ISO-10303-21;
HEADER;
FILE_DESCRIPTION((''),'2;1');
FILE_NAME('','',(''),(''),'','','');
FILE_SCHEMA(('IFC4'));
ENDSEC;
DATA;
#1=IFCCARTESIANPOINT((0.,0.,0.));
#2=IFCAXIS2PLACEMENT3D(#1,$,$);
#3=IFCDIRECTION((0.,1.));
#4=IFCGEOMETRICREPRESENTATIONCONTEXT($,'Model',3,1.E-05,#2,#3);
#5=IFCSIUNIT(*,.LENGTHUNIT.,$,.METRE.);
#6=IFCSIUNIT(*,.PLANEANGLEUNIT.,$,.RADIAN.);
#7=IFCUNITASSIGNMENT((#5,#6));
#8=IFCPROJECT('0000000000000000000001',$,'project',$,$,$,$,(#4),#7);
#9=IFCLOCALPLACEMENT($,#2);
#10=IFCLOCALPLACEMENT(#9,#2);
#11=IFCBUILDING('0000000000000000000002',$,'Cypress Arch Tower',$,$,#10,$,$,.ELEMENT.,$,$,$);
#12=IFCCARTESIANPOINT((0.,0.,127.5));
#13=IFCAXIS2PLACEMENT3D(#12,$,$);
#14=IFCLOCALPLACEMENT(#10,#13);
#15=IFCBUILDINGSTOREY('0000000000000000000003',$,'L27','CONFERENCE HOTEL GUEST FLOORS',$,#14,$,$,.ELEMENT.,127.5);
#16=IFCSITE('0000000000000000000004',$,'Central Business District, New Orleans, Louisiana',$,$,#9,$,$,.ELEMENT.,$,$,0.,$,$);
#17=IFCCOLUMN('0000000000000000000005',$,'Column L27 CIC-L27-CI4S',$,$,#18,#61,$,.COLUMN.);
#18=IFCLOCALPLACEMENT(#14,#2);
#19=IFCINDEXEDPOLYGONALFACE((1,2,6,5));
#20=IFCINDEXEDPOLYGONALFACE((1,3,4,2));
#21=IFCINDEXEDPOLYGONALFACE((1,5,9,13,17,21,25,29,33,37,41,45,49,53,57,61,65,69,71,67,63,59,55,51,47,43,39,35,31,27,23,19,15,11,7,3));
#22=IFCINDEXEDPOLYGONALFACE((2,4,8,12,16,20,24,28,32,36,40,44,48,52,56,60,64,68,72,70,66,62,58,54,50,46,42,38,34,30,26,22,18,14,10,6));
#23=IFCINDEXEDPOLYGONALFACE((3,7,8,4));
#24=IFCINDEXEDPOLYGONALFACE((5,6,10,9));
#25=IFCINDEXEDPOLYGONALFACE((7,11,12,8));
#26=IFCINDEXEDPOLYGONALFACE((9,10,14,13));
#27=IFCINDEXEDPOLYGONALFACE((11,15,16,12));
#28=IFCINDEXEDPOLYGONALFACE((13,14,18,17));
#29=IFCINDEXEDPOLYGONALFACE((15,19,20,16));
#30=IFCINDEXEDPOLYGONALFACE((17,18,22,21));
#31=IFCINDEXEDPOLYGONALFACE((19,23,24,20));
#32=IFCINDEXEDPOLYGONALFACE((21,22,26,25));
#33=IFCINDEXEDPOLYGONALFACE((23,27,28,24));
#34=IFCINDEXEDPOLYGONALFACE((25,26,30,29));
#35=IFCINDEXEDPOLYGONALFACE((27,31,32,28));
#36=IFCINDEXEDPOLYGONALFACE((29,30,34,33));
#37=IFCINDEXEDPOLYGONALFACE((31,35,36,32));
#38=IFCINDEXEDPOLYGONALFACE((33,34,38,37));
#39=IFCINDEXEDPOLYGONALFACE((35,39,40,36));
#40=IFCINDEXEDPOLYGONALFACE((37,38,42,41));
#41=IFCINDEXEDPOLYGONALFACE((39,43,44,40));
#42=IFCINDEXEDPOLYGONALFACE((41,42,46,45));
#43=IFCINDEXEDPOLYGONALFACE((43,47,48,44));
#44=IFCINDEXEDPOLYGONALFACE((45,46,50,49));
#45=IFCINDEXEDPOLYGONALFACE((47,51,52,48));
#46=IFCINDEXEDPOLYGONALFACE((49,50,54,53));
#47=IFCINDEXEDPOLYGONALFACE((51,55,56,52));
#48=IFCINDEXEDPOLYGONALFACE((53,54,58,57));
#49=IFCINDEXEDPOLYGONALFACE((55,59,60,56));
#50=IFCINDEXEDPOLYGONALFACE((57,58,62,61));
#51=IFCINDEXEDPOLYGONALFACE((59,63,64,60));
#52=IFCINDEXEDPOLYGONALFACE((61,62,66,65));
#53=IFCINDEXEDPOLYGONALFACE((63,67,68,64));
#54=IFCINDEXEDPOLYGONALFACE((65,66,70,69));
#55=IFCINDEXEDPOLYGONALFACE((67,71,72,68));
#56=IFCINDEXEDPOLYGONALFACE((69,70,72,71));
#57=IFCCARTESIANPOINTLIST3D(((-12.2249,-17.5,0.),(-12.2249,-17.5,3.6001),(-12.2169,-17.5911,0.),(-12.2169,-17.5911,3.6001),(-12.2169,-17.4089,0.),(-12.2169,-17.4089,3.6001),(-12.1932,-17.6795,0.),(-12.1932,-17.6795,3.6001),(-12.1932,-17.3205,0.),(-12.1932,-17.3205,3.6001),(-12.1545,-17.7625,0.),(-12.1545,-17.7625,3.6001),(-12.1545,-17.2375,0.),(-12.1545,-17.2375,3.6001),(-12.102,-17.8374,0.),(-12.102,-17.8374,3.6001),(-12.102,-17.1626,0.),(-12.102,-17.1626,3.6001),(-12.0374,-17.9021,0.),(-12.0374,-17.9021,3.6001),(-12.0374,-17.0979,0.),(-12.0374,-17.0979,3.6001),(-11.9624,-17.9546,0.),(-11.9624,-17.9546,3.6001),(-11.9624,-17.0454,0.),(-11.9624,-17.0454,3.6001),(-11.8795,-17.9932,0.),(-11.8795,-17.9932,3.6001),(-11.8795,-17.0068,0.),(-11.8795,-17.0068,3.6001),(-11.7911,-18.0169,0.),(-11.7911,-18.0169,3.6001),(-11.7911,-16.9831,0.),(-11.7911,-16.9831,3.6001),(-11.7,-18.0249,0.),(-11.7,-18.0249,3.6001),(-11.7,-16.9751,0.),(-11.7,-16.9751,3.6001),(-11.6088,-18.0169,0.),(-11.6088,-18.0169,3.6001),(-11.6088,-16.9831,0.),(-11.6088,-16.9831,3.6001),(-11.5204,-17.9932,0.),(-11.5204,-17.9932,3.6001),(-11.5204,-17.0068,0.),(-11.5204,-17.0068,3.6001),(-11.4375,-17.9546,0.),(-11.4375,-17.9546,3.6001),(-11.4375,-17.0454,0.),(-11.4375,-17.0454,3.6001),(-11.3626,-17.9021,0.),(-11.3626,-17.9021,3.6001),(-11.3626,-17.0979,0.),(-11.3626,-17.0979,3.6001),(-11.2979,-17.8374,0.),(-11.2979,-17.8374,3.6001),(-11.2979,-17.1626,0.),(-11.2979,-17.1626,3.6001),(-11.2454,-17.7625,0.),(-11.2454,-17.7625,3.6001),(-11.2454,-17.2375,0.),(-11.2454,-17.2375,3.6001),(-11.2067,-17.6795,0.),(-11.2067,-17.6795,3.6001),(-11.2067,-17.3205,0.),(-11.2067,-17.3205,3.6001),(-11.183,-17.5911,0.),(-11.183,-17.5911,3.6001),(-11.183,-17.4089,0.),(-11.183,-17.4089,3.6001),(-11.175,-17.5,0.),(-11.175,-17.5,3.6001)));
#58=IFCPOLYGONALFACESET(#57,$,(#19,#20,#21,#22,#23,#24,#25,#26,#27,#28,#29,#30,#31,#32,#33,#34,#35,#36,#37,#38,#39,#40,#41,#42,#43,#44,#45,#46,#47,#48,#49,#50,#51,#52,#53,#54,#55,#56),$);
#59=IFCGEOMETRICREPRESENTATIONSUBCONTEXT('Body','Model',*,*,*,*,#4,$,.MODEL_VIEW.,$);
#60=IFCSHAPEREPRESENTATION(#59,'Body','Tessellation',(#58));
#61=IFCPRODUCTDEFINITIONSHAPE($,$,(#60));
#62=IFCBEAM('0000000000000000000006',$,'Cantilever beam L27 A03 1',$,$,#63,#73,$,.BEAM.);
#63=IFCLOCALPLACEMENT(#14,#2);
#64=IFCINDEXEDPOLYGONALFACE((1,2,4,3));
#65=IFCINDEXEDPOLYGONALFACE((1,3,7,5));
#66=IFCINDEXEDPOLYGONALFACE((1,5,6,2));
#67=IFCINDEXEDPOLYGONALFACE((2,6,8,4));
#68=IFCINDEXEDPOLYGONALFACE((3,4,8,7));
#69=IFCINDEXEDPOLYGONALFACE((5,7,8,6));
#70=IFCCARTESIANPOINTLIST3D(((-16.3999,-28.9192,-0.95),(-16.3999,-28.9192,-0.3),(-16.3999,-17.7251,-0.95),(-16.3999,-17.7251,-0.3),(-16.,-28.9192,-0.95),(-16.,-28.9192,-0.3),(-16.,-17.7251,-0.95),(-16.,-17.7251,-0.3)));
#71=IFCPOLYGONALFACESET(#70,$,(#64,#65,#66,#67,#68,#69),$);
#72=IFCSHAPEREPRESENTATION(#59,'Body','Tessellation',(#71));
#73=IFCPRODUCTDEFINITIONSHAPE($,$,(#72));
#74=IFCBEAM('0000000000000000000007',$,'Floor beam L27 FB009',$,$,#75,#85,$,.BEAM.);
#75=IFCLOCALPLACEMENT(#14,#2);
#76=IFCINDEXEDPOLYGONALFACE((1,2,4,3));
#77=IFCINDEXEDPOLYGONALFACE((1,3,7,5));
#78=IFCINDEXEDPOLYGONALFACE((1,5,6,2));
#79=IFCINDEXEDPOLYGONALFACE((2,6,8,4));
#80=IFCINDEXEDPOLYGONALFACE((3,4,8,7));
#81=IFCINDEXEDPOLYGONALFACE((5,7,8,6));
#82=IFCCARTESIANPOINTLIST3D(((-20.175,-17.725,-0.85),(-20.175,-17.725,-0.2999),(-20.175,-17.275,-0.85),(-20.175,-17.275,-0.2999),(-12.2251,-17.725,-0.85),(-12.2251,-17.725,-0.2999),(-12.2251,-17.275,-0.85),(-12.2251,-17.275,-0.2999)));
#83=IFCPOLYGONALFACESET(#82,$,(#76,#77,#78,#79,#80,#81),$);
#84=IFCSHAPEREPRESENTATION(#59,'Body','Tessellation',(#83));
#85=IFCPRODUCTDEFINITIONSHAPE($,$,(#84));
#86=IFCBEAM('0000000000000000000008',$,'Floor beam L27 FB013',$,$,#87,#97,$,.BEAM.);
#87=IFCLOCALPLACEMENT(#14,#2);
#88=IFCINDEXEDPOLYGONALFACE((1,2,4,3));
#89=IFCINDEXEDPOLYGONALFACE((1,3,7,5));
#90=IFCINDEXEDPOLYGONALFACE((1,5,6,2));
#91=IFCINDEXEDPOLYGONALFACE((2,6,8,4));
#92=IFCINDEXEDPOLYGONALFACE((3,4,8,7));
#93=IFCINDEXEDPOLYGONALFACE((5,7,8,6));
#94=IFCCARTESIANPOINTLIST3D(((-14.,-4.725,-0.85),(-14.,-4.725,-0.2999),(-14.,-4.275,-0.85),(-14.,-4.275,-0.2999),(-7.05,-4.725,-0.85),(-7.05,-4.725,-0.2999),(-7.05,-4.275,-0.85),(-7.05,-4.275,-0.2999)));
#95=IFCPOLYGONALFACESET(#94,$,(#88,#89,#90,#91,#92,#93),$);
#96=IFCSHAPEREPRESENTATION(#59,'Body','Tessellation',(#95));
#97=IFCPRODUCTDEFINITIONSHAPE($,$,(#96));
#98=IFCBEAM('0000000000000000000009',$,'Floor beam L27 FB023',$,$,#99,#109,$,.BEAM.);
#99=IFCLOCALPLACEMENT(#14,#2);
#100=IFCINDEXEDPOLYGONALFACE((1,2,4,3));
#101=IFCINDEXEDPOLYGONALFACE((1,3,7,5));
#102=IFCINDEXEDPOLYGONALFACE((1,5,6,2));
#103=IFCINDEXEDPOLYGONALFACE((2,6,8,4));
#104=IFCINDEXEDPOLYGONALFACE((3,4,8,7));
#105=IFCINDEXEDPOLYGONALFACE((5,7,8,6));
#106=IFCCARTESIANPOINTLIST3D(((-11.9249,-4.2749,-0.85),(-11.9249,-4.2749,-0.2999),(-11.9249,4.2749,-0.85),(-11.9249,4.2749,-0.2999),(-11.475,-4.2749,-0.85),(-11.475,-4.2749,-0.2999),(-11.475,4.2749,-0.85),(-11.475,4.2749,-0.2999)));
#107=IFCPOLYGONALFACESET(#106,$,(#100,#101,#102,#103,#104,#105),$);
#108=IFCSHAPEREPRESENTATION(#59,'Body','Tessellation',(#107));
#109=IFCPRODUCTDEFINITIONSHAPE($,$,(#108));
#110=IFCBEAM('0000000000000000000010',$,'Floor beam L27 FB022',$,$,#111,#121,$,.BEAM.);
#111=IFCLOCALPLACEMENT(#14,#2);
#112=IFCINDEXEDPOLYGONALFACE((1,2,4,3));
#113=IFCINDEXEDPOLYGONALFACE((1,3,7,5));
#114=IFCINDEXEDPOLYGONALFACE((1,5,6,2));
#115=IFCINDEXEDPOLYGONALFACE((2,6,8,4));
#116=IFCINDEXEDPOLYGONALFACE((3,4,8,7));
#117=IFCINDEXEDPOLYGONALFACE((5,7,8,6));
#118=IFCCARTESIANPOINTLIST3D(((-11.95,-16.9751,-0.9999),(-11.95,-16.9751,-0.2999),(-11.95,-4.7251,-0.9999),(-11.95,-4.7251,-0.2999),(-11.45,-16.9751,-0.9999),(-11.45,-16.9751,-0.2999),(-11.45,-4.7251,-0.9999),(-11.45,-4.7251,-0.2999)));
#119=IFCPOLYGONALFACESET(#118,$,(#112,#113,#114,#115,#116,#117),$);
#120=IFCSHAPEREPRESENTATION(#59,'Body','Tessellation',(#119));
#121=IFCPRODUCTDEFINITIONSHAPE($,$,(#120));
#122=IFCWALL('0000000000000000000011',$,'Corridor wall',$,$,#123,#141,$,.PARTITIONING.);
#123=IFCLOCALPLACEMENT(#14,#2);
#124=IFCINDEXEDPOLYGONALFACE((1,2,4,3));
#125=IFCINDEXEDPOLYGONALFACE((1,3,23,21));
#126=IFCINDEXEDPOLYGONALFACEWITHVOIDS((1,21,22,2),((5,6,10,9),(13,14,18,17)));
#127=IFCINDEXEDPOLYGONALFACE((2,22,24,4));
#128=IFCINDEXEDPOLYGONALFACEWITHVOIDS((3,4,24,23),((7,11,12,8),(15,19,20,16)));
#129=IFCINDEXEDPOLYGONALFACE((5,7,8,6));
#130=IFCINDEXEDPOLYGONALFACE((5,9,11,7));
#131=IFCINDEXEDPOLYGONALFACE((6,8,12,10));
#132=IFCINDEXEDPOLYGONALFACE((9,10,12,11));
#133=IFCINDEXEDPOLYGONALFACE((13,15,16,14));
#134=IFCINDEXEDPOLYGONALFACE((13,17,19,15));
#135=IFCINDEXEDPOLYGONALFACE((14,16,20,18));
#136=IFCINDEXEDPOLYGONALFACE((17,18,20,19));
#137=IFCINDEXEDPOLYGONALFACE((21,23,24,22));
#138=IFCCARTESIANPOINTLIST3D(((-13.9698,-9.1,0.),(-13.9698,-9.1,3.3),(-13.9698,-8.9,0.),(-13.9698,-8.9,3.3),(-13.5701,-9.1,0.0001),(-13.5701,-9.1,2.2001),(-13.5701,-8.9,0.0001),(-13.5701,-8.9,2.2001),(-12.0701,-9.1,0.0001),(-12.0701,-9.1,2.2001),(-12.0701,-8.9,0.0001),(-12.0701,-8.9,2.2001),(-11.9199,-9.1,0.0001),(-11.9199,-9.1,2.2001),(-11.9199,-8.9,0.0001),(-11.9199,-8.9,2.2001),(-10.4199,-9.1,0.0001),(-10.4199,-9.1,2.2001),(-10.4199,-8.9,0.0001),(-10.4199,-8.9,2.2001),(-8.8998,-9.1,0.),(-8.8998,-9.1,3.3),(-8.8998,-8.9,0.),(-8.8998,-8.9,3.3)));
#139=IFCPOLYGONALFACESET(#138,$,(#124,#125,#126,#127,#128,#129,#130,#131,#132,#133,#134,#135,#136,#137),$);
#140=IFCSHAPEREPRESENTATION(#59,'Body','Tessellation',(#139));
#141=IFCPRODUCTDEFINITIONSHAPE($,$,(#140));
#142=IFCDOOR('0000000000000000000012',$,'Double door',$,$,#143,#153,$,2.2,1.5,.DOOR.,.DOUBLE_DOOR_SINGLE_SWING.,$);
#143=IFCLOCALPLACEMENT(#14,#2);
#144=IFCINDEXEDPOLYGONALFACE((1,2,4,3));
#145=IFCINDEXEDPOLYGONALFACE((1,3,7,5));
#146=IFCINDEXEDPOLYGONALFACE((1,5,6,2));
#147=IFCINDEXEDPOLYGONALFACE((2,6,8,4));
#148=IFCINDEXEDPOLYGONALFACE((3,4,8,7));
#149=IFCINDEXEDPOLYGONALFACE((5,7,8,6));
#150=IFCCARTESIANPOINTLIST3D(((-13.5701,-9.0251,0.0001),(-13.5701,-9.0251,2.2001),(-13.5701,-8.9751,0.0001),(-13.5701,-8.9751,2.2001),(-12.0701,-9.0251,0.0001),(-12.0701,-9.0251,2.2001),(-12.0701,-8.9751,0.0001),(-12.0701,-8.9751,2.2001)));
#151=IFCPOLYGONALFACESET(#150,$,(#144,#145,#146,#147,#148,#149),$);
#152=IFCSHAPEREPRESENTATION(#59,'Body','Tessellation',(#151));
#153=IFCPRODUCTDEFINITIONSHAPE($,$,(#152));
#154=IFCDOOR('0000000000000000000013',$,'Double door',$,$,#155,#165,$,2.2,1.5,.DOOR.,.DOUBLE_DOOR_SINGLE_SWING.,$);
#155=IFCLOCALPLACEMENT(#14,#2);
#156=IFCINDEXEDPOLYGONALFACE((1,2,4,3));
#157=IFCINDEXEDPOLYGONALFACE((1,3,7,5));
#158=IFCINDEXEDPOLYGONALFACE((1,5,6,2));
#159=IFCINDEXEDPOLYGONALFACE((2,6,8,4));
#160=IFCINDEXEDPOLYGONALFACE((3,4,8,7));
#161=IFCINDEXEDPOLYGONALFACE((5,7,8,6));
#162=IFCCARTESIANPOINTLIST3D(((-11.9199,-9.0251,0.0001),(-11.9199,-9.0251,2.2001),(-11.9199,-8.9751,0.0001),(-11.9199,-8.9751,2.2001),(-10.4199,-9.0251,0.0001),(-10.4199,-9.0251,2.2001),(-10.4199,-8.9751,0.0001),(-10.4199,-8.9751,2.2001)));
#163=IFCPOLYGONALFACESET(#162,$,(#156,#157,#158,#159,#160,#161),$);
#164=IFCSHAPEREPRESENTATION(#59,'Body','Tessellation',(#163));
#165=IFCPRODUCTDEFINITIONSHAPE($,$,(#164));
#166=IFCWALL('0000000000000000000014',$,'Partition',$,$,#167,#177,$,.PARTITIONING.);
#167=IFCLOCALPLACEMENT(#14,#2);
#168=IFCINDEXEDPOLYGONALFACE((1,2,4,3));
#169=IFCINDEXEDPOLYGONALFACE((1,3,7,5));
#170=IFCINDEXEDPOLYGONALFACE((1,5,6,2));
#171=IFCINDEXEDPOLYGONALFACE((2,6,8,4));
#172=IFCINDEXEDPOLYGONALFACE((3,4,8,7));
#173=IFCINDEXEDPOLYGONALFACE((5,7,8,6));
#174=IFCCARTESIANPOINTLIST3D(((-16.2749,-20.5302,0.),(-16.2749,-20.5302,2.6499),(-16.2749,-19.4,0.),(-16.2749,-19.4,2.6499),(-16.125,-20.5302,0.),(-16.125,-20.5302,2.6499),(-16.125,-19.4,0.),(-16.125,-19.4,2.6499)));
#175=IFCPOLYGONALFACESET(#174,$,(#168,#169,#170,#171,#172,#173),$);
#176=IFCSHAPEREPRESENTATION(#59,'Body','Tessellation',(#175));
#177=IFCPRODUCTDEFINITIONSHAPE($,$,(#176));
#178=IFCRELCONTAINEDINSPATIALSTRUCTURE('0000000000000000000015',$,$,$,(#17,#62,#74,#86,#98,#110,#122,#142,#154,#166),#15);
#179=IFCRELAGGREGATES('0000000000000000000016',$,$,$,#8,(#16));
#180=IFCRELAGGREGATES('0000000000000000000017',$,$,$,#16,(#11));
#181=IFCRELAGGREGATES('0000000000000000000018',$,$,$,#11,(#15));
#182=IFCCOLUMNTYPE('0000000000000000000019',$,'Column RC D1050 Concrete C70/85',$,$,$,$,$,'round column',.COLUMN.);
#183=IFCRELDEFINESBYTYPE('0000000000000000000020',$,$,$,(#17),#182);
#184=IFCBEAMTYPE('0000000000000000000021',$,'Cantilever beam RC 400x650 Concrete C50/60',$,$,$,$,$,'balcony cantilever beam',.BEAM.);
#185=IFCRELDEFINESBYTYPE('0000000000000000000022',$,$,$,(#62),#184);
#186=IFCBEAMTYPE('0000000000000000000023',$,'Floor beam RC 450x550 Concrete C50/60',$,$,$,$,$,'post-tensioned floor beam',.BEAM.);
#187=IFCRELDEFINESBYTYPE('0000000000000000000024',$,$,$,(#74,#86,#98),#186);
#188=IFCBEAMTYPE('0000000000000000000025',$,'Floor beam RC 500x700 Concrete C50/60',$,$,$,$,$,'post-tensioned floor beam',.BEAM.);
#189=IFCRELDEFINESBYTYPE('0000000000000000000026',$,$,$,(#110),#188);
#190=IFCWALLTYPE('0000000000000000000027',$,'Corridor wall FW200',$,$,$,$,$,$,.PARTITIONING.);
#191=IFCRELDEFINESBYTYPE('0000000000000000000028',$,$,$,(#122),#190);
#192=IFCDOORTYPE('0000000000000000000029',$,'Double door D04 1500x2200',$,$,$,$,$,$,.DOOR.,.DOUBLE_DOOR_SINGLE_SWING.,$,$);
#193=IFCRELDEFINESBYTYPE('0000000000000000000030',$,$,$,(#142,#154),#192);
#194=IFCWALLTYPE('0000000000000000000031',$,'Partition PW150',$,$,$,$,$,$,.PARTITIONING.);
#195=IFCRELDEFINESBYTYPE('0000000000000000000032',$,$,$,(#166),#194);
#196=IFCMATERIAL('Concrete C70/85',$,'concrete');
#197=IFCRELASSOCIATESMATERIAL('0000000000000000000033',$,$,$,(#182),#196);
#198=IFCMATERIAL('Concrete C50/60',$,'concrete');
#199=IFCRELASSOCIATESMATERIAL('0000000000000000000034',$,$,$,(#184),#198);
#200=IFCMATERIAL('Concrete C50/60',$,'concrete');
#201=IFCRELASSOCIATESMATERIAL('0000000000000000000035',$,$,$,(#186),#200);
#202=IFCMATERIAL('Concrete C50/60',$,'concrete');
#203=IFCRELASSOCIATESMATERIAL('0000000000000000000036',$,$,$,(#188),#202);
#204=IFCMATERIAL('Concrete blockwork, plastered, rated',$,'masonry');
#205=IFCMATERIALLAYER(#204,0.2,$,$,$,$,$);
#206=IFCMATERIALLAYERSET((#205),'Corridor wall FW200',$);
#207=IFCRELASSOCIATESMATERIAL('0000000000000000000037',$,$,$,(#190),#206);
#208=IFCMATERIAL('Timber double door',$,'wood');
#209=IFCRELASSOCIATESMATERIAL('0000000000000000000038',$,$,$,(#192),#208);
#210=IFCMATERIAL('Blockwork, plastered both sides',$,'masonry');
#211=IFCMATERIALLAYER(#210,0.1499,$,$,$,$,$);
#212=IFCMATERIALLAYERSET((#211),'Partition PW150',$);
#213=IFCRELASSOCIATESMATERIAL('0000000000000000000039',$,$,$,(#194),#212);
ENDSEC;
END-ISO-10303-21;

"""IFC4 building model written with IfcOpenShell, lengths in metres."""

from ifc_helpers import new_model, si_unit, direction, frame, frame_2d, origin, origin_2d, place, context, subcontext, project, spatial, rectangle, circle, extrude, material, layer, layer_set, material_profile, profile_set, type_object, element, fill, save


model = new_model("IFC4")

# Units and contexts
model_context = context("Model", 3, precision=1e-05, world=origin(), true_north=direction((0.0, 1.0)))
body_context = subcontext(model_context, "Body", "Model", "MODEL_VIEW")
ifc_project = project(units=[si_unit("LENGTHUNIT", "METRE"), si_unit("PLANEANGLEUNIT", "RADIAN")], contexts=[model_context])

# Site, building, storey
site_placement = place(None, origin())
site = spatial("IfcSite", under=ifc_project, at=site_placement, Name="Central Business District, New Orleans, Louisiana", CompositionType="ELEMENT", RefElevation=0.0)
building_placement = place(site_placement, origin())
building = spatial("IfcBuilding", under=site, at=building_placement, Name="Cypress Arch Tower", CompositionType="ELEMENT")
storey_placement = place(building_placement, frame((0.0, 0.0, 127.5)))
storey = spatial("IfcBuildingStorey", under=building, at=storey_placement, Name="L27", Description="CONFERENCE HOTEL GUEST FLOORS", CompositionType="ELEMENT", Elevation=127.5)

# Column
ifc_material_1 = material(Name="Concrete C70/85", Category="concrete")
ifc_material_profile_1 = material_profile(ifc_material_1, circle(Radius=0.5249, at=origin_2d()), Name="RC D1050")
ifc_profile_set_1 = profile_set([ifc_material_profile_1], Name="Concrete C70/85")
column_type = type_object("IfcColumnType", Name="Column RC D1050 Concrete C70/85", ElementType="round column", PredefinedType="COLUMN", material=ifc_profile_set_1)
column_placement = place(storey_placement, frame((-11.7, -17.5, 0.0), z_axis=(0.0, 0.0, 1.0), x_axis=(1.0, 0.0, 0.0)))
element("IfcColumn", 1, at=column_placement, inside=storey, type_object=column_type, Name="Column L27 CIC-L27-CI4S", PredefinedType="COLUMN", context=body_context, shape_type="SweptSolid", body=[
    extrude(circle(Radius=0.5249, at=origin_2d()), origin(), (0.0, 0.0, 1.0), 3.6001),
])

# Beams
ifc_material_2 = material(Name="Concrete C50/60", Category="concrete")
ifc_material_profile_2 = material_profile(ifc_material_2, rectangle(XDim=0.3999, YDim=0.6499, at=origin_2d()), Name="RC 400x650")
ifc_profile_set_2 = profile_set([ifc_material_profile_2], Name="Concrete C50/60")
beam_type_1 = type_object("IfcBeamType", Name="Cantilever beam RC 400x650 Concrete C50/60", ElementType="balcony cantilever beam", PredefinedType="BEAM", material=ifc_profile_set_2)
beam_1_placement = place(storey_placement, frame((-16.2, -17.7251, -0.625), z_axis=(0.0, -1.0, 0.0), x_axis=(1.0, 0.0, 0.0)))
element("IfcBeam", 2, at=beam_1_placement, inside=storey, type_object=beam_type_1, Name="Cantilever beam L27 A03 1", PredefinedType="BEAM", context=body_context, shape_type="SweptSolid", body=[
    extrude(rectangle(XDim=0.3999, YDim=0.6499, at=origin_2d()), origin(), (0.0, 0.0, 1.0), 11.1941),
])
ifc_material_3 = material(Name="Concrete C50/60", Category="concrete")
ifc_material_profile_3 = material_profile(ifc_material_3, rectangle(XDim=0.45, YDim=0.55, at=origin_2d()), Name="RC 450x550")
ifc_profile_set_3 = profile_set([ifc_material_profile_3], Name="Concrete C50/60")
beam_type_2 = type_object("IfcBeamType", Name="Floor beam RC 450x550 Concrete C50/60", ElementType="post-tensioned floor beam", PredefinedType="BEAM", material=ifc_profile_set_3)
beam_2_placement = place(storey_placement, frame((-20.175, -17.5, -0.575), z_axis=(1.0, 0.0, 0.0), x_axis=(0.0, 1.0, 0.0)))
element("IfcBeam", 3, at=beam_2_placement, inside=storey, type_object=beam_type_2, Name="Floor beam L27 FB009", PredefinedType="BEAM", context=body_context, shape_type="SweptSolid", body=[
    extrude(rectangle(XDim=0.45, YDim=0.55, at=origin_2d()), origin(), (0.0, 0.0, 1.0), 7.95),
])
beam_3_placement = place(storey_placement, frame((-14.0, -4.5, -0.575), z_axis=(1.0, 0.0, 0.0), x_axis=(0.0, 1.0, 0.0)))
element("IfcBeam", 4, at=beam_3_placement, inside=storey, type_object=beam_type_2, Name="Floor beam L27 FB013", PredefinedType="BEAM", context=body_context, shape_type="SweptSolid", body=[
    extrude(rectangle(XDim=0.45, YDim=0.55, at=origin_2d()), origin(), (0.0, 0.0, 1.0), 6.95),
])
beam_4_placement = place(storey_placement, frame((-11.7, -4.2749, -0.575), z_axis=(0.0, 1.0, 0.0), x_axis=(-1.0, 0.0, 0.0)))
element("IfcBeam", 5, at=beam_4_placement, inside=storey, type_object=beam_type_2, Name="Floor beam L27 FB023", PredefinedType="BEAM", context=body_context, shape_type="SweptSolid", body=[
    extrude(rectangle(XDim=0.45, YDim=0.55, at=origin_2d()), origin(), (0.0, 0.0, 1.0), 8.5498),
])
ifc_material_4 = material(Name="Concrete C50/60", Category="concrete")
ifc_material_profile_4 = material_profile(ifc_material_4, rectangle(XDim=0.5, YDim=0.7, at=origin_2d()), Name="RC 500x700")
ifc_profile_set_4 = profile_set([ifc_material_profile_4], Name="Concrete C50/60")
beam_type_3 = type_object("IfcBeamType", Name="Floor beam RC 500x700 Concrete C50/60", ElementType="post-tensioned floor beam", PredefinedType="BEAM", material=ifc_profile_set_4)
beam_5_placement = place(storey_placement, frame((-11.7, -16.9751, -0.6499), z_axis=(0.0, 1.0, 0.0), x_axis=(-1.0, 0.0, 0.0)))
element("IfcBeam", 6, at=beam_5_placement, inside=storey, type_object=beam_type_3, Name="Floor beam L27 FB022", PredefinedType="BEAM", context=body_context, shape_type="SweptSolid", body=[
    extrude(rectangle(XDim=0.5, YDim=0.7, at=origin_2d()), origin(), (0.0, 0.0, 1.0), 12.25),
])

# Wall, openings, doors
ifc_material_5 = material(Name="Concrete blockwork, plastered, rated", Category="masonry")
ifc_layer_1 = layer(ifc_material_5, 0.2)
ifc_layer_set_1 = layer_set([ifc_layer_1], Name="Corridor wall FW200")
wall_type_1 = type_object("IfcWallType", Name="Corridor wall FW200", PredefinedType="PARTITIONING", material=ifc_layer_set_1)
wall_1_placement = place(storey_placement, frame((-13.97, -9.0, 0.0), z_axis=(0.0, 0.0, 1.0), x_axis=(1.0, 0.0, 0.0)))
wall_1 = element("IfcWall", 7, at=wall_1_placement, inside=storey, type_object=wall_type_1, Name="Corridor wall", PredefinedType="PARTITIONING", context=body_context, shape_type="SweptSolid", body=[
    extrude(rectangle(XDim=5.0701, YDim=0.2, at=frame_2d((2.5352, 0.0))), origin(), (0.0, 0.0, 1.0), 3.3),
])
opening_1_placement = place(wall_1_placement, frame((0.3999, 0.0, 0.0)))
opening_1 = element("IfcOpeningElement", 8, at=opening_1_placement, cuts=wall_1, PredefinedType="OPENING", context=body_context, shape_type="SweptSolid", body=[
    extrude(rectangle(XDim=1.5, YDim=2.2, at=frame_2d((0.75, 1.1001))), frame((0.0, 0.1099, 0.0), z_axis=(0.0, -1.0, 0.0), x_axis=(1.0, 0.0, 0.0)), (0.0, 0.0, 1.0), 0.22),
])
opening_2_placement = place(wall_1_placement, frame((2.05, 0.0, 0.0)))
opening_2 = element("IfcOpeningElement", 9, at=opening_2_placement, cuts=wall_1, PredefinedType="OPENING", context=body_context, shape_type="SweptSolid", body=[
    extrude(rectangle(XDim=1.5, YDim=2.2, at=frame_2d((0.75, 1.1001))), frame((0.0, 0.1099, 0.0), z_axis=(0.0, -1.0, 0.0), x_axis=(1.0, 0.0, 0.0)), (0.0, 0.0, 1.0), 0.22),
])
ifc_material_6 = material(Name="Timber double door", Category="wood")
door_type_1 = type_object("IfcDoorType", Name="Double door D04 1500x2200", OperationType="DOUBLE_DOOR_SINGLE_SWING", PredefinedType="DOOR", material=ifc_material_6)
door_1_placement = place(opening_1_placement, origin())
door_1 = element("IfcDoor", 10, at=door_1_placement, inside=storey, type_object=door_type_1, Name="Double door", OperationType="DOUBLE_DOOR_SINGLE_SWING", OverallHeight=2.2, OverallWidth=1.5, PredefinedType="DOOR", context=body_context, shape_type="SweptSolid", body=[
    extrude(rectangle(XDim=1.5, YDim=2.2, at=frame_2d((0.75, 1.1001))), frame((0.0, 0.0249, 0.0), z_axis=(0.0, -1.0, 0.0), x_axis=(1.0, 0.0, 0.0)), (0.0, 0.0, 1.0), 0.05),
])
fill(opening_1, door_1)
door_2_placement = place(opening_2_placement, origin())
door_2 = element("IfcDoor", 11, at=door_2_placement, inside=storey, type_object=door_type_1, Name="Double door", OperationType="DOUBLE_DOOR_SINGLE_SWING", OverallHeight=2.2, OverallWidth=1.5, PredefinedType="DOOR", context=body_context, shape_type="SweptSolid", body=[
    extrude(rectangle(XDim=1.5, YDim=2.2, at=frame_2d((0.75, 1.1001))), frame((0.0, 0.0249, 0.0), z_axis=(0.0, -1.0, 0.0), x_axis=(1.0, 0.0, 0.0)), (0.0, 0.0, 1.0), 0.05),
])
fill(opening_2, door_2)

# Wall
ifc_material_7 = material(Name="Blockwork, plastered both sides", Category="masonry")
ifc_layer_2 = layer(ifc_material_7, 0.1499)
ifc_layer_set_2 = layer_set([ifc_layer_2], Name="Partition PW150")
wall_type_2 = type_object("IfcWallType", Name="Partition PW150", PredefinedType="PARTITIONING", material=ifc_layer_set_2)
wall_2_placement = place(storey_placement, frame((-16.2, -20.53, 0.0), z_axis=(0.0, 0.0, 1.0), x_axis=(0.0, 1.0, 0.0)))
element("IfcWall", 12, at=wall_2_placement, inside=storey, type_object=wall_type_2, Name="Partition", PredefinedType="PARTITIONING", context=body_context, shape_type="SweptSolid", body=[
    extrude(rectangle(XDim=1.1301, YDim=0.1499, at=frame_2d((0.5649, 0.0))), origin(), (0.0, 0.0, 1.0), 2.6499),
])

save(model, "model.ifc")
